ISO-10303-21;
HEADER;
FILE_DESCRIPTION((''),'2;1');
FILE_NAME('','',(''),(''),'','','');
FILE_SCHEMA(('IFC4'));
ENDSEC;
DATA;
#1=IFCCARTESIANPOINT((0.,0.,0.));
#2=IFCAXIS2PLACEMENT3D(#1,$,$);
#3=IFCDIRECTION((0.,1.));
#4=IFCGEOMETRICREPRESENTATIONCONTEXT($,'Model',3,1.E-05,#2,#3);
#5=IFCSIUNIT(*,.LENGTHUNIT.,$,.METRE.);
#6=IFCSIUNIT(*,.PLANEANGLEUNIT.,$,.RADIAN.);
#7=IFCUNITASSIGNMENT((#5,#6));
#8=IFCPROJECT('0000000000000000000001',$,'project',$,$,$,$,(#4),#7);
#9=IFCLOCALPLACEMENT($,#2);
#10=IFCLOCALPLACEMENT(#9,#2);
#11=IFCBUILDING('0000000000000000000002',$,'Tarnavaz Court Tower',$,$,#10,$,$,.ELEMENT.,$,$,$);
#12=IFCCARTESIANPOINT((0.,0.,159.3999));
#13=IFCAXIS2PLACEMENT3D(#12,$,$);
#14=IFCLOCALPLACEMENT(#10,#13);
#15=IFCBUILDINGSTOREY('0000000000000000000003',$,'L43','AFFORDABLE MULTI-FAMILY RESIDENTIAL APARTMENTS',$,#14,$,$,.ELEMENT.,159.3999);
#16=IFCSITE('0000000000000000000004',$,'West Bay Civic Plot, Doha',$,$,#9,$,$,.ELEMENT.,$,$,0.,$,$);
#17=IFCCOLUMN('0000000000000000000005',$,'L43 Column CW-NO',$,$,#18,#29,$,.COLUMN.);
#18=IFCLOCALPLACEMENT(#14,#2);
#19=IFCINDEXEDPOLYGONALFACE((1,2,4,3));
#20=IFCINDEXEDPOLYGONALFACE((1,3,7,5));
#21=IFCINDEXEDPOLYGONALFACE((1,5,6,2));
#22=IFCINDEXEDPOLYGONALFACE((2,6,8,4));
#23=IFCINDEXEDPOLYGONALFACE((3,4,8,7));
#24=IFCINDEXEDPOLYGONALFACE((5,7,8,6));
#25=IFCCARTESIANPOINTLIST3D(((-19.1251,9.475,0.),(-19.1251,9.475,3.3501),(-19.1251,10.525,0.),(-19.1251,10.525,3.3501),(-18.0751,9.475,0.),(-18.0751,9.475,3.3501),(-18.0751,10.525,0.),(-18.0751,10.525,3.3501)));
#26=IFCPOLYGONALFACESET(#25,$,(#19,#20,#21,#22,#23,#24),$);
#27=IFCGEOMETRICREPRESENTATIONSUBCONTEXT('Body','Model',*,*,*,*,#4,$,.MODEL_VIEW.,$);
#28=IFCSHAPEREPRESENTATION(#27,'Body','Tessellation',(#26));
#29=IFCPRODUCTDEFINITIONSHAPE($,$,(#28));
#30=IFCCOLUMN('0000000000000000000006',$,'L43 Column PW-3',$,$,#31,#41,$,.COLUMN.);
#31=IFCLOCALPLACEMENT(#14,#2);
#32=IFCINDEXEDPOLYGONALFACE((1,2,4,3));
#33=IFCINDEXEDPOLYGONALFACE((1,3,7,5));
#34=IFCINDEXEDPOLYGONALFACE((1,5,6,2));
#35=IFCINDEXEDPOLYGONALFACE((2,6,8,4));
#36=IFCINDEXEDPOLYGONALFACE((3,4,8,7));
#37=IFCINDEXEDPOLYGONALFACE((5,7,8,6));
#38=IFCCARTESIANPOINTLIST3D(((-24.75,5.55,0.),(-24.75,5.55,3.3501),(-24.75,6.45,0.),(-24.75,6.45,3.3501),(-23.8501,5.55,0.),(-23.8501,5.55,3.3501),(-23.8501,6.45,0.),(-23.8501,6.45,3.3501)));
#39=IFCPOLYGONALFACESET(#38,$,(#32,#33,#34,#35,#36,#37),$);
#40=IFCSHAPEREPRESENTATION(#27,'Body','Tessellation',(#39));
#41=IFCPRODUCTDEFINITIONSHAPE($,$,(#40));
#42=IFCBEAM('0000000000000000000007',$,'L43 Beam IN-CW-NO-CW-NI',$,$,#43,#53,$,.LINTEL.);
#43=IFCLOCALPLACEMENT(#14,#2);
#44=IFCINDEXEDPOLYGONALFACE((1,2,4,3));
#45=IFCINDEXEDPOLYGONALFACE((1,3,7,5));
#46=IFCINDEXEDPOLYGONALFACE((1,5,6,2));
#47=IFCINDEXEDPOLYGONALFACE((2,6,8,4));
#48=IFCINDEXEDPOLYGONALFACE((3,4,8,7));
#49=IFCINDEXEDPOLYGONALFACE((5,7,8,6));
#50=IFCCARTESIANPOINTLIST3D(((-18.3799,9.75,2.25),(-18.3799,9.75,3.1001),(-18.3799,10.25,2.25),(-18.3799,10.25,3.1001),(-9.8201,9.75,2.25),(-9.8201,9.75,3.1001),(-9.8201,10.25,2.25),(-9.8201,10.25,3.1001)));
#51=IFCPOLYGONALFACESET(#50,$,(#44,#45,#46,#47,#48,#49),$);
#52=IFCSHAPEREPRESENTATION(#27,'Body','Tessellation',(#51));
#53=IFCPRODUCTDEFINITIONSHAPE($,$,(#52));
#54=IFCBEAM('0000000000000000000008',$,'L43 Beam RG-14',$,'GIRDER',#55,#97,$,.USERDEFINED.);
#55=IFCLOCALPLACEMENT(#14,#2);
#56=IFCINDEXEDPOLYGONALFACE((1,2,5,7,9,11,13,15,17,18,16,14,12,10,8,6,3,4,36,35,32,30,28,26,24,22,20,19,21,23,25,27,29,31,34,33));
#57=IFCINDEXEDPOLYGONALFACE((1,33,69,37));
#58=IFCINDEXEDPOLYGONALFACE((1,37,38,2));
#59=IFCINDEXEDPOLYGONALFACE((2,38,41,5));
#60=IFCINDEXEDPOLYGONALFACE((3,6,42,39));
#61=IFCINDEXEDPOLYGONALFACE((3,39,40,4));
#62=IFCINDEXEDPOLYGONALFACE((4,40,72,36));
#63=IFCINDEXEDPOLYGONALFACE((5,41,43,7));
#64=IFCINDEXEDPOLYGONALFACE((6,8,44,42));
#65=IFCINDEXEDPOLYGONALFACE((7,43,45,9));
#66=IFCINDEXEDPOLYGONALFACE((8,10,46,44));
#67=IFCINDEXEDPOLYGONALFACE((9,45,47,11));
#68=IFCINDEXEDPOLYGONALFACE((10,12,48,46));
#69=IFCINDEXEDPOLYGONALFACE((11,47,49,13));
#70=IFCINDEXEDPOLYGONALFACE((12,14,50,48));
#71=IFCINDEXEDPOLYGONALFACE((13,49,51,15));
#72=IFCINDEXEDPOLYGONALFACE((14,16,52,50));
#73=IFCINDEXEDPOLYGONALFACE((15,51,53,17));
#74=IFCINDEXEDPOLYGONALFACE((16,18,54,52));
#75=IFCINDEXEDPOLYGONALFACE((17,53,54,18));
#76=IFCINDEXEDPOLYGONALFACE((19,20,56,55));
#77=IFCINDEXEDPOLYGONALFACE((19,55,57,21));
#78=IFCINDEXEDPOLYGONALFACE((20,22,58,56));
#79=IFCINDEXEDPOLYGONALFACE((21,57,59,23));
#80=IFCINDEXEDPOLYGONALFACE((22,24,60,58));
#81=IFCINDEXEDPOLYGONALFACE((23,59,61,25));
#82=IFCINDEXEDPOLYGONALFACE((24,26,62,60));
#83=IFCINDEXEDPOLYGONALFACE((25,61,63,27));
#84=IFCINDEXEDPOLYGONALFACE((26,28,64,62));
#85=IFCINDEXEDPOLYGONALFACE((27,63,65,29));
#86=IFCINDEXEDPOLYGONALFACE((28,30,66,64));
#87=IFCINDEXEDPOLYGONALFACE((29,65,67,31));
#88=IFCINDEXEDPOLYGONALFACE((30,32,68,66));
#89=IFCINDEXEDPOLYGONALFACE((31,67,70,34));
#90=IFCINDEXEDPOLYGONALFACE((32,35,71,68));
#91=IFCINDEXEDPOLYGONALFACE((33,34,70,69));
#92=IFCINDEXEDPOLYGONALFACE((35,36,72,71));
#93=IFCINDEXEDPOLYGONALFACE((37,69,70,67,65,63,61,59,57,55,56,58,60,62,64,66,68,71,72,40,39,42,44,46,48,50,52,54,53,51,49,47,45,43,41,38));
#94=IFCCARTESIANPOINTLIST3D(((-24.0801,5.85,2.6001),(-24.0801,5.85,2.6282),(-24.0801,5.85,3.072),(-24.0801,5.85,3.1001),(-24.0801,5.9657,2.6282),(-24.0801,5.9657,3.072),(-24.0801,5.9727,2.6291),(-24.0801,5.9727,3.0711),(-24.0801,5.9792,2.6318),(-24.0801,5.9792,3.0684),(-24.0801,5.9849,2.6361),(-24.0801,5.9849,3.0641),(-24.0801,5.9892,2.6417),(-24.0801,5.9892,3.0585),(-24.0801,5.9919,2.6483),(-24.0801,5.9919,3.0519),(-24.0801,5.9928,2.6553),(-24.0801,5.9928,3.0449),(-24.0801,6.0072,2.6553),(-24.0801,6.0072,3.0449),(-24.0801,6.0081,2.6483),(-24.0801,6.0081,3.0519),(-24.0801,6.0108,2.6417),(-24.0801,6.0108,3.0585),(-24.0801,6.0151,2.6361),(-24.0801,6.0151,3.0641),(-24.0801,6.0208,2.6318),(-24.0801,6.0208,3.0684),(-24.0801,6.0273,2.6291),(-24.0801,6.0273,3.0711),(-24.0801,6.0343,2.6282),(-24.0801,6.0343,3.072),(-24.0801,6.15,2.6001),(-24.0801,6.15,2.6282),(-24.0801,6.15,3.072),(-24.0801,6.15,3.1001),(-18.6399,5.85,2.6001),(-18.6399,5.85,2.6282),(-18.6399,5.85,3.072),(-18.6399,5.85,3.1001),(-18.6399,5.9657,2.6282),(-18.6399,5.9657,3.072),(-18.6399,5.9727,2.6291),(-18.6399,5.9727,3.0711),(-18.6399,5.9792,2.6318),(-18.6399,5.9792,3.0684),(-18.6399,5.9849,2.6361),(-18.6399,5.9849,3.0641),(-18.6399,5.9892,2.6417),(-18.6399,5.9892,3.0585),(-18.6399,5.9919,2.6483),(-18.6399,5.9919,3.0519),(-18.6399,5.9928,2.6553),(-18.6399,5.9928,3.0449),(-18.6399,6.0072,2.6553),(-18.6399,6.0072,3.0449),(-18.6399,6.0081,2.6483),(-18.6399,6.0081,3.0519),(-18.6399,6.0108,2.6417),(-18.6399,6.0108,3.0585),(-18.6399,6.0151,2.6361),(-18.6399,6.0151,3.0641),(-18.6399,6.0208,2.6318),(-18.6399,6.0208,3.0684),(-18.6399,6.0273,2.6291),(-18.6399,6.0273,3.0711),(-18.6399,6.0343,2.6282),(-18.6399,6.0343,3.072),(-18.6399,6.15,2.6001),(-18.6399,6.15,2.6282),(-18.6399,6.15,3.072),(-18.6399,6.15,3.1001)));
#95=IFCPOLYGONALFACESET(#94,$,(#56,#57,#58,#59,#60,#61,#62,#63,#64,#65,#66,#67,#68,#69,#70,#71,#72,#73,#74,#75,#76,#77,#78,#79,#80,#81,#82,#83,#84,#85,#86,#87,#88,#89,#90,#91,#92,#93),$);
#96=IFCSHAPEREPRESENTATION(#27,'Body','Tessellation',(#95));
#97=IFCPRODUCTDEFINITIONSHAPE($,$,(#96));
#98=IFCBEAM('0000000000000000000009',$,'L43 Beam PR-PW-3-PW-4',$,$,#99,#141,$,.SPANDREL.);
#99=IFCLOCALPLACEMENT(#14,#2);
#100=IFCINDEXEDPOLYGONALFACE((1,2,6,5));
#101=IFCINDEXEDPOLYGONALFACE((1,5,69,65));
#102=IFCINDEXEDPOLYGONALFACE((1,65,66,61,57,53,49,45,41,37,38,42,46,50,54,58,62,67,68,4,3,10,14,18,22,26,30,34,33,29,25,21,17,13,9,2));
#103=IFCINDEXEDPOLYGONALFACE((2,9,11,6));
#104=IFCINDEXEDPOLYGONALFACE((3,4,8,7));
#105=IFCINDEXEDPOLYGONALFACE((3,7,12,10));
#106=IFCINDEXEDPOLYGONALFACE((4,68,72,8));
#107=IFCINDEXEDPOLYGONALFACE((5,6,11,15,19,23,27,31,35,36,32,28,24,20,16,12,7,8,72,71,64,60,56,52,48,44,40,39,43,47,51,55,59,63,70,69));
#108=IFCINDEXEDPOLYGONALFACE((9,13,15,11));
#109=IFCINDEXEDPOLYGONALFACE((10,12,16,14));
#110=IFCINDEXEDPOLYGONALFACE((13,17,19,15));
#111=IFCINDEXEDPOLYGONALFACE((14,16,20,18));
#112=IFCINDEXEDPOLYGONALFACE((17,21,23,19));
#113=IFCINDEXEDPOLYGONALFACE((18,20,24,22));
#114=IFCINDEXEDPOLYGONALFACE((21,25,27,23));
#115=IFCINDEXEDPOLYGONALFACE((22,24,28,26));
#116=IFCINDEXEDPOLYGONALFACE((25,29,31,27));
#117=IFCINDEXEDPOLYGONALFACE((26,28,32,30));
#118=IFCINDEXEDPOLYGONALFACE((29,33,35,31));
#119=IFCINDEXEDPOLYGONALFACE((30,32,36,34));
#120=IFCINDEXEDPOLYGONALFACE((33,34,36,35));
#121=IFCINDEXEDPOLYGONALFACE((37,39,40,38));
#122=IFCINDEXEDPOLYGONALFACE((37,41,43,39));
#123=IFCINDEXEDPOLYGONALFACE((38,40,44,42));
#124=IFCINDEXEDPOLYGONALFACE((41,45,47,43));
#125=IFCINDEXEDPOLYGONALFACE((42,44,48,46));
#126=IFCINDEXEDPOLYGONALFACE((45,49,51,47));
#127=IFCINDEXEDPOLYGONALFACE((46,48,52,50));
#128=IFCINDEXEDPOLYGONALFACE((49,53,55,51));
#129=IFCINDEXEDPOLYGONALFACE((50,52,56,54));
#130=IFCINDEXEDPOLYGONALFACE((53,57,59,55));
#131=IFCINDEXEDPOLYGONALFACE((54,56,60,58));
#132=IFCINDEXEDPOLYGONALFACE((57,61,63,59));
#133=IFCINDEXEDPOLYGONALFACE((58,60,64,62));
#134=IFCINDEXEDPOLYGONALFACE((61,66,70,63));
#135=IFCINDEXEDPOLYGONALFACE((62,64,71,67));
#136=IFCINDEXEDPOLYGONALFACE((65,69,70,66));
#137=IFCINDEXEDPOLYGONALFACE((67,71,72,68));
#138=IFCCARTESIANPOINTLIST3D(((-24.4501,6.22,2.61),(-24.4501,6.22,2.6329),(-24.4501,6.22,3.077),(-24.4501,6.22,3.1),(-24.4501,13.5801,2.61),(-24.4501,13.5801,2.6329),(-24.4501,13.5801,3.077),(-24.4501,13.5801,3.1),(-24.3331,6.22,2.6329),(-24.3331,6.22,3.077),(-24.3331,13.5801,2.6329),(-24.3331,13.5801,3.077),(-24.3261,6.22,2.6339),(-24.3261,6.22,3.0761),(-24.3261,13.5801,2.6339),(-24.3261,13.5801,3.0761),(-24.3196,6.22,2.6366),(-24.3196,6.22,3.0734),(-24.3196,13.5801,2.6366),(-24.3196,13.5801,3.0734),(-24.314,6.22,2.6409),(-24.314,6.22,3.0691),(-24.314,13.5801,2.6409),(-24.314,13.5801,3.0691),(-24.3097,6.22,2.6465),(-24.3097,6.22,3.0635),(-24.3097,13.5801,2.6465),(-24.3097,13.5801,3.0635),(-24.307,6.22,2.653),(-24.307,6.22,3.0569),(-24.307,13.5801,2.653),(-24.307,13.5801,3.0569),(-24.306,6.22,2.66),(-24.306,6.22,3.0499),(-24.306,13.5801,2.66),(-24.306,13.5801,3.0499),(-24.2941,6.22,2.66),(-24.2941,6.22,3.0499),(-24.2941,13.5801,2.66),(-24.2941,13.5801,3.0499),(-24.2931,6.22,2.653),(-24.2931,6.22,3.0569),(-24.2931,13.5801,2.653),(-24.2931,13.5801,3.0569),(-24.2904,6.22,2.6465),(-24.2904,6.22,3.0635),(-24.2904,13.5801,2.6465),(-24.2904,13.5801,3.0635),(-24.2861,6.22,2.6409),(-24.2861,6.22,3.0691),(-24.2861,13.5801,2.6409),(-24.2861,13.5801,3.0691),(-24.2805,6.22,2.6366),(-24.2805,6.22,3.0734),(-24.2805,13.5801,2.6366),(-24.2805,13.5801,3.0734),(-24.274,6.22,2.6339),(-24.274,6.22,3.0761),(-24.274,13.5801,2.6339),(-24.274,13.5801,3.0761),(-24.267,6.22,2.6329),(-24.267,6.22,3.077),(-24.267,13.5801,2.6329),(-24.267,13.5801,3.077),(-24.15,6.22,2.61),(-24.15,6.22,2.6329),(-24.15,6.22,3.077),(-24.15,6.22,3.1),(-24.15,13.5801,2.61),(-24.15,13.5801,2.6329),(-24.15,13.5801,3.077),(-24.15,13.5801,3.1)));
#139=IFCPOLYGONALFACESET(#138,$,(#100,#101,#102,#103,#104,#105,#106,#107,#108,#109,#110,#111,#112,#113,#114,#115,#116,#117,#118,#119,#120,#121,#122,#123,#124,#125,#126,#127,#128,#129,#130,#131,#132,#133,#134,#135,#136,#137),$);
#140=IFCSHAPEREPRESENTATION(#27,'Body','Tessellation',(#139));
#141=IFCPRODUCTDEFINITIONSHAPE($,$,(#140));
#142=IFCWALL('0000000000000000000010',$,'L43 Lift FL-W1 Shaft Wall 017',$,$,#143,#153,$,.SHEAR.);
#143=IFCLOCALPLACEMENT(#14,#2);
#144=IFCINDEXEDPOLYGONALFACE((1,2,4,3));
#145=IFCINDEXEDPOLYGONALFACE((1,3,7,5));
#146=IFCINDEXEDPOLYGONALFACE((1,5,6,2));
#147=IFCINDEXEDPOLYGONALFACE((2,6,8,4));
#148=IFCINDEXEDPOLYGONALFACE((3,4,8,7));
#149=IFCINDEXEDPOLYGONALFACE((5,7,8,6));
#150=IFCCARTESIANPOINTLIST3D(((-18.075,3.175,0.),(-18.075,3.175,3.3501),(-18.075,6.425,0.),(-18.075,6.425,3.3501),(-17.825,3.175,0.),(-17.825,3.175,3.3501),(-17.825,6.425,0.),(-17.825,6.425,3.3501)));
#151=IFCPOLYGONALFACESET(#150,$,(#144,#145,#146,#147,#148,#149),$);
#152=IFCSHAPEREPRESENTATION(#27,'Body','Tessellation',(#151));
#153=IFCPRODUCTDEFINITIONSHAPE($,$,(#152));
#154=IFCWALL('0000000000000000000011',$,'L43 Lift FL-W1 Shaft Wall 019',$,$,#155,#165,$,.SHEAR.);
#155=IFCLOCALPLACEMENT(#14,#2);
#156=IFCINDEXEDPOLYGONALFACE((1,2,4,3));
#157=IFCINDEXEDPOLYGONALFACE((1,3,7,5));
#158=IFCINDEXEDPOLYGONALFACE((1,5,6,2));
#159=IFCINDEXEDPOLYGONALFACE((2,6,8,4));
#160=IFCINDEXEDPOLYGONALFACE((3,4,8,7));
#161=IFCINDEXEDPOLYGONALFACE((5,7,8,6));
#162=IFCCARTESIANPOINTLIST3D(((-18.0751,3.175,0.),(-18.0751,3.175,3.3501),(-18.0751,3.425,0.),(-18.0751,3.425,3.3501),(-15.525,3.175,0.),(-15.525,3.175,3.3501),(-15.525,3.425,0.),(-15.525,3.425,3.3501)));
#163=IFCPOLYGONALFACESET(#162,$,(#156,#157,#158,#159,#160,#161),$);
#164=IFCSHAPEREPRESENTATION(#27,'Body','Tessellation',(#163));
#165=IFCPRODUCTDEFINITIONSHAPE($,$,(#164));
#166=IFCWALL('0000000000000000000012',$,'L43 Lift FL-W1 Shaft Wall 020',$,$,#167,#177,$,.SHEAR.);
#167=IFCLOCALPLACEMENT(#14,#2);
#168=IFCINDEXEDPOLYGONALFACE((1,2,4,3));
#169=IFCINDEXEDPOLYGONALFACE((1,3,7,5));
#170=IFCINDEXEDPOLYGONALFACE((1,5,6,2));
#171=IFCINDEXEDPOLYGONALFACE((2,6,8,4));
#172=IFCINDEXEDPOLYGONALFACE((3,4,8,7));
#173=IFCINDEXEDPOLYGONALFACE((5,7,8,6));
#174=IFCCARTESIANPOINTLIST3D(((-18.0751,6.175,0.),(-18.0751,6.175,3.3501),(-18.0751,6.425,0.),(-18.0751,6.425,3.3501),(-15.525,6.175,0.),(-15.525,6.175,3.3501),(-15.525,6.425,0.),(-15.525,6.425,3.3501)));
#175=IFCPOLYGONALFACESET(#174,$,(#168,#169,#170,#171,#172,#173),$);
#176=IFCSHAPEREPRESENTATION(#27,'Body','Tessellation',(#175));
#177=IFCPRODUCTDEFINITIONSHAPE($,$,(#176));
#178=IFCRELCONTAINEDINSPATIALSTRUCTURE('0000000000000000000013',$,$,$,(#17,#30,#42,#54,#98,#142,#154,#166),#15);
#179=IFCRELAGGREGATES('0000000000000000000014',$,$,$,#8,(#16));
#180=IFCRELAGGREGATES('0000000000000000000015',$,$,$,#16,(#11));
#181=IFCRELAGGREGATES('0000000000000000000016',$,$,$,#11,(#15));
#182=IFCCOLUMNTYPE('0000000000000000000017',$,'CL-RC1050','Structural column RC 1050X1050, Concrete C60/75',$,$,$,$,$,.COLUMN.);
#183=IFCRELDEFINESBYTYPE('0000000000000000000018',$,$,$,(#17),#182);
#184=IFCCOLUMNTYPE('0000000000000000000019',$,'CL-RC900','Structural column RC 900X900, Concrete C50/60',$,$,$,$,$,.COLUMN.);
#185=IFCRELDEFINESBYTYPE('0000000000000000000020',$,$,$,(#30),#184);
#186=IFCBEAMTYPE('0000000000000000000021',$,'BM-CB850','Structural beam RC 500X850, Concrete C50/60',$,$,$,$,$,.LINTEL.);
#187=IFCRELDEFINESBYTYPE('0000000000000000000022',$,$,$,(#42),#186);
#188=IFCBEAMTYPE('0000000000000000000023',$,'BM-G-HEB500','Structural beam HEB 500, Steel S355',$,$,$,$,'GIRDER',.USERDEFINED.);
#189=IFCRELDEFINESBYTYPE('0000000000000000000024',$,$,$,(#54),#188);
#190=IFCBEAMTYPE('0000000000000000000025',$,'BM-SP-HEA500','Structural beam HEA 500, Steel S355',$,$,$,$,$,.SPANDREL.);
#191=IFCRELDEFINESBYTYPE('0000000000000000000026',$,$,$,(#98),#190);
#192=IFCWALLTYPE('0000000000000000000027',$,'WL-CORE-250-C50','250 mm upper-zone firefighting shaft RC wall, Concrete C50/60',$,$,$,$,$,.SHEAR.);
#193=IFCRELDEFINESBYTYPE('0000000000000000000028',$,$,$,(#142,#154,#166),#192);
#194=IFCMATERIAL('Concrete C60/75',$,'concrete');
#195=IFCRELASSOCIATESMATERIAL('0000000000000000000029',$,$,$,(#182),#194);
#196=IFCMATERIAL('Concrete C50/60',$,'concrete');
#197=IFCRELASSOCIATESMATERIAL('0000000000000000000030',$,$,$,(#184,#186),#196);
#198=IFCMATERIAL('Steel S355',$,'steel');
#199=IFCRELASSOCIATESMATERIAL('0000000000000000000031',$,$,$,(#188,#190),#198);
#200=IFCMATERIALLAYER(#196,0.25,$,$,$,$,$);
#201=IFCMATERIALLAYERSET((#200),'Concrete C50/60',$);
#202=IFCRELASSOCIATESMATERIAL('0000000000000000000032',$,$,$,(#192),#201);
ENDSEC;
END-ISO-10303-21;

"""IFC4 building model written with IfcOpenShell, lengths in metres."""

from ifc_helpers import new_model, si_unit, direction, frame, frame_2d, origin, origin_2d, place, context, subcontext, project, spatial, rectangle, i_section, extrude, material, layer, layer_set, material_profile, profile_set, type_object, element, save


model = new_model("IFC4")

# Units and contexts
model_context = context("Model", 3, precision=1e-05, world=origin(), true_north=direction((0.0, 1.0)))
body_context = subcontext(model_context, "Body", "Model", "MODEL_VIEW")
ifc_project = project(units=[si_unit("LENGTHUNIT", "METRE"), si_unit("PLANEANGLEUNIT", "RADIAN")], contexts=[model_context])

# Site, building, storey
site_placement = place(None, origin())
site = spatial("IfcSite", under=ifc_project, at=site_placement, Name="West Bay Civic Plot, Doha", CompositionType="ELEMENT", RefElevation=0.0)
building_placement = place(site_placement, origin())
building = spatial("IfcBuilding", under=site, at=building_placement, Name="Tarnavaz Court Tower", CompositionType="ELEMENT")
storey_placement = place(building_placement, frame((0.0, 0.0, 159.3999)))
storey = spatial("IfcBuildingStorey", under=building, at=storey_placement, Name="L43", Description="AFFORDABLE MULTI-FAMILY RESIDENTIAL APARTMENTS", CompositionType="ELEMENT", Elevation=159.3999)

# Columns
ifc_material_1 = material(Name="Concrete C60/75", Category="concrete")
ifc_material_profile_1 = material_profile(ifc_material_1, rectangle(XDim=1.05, YDim=1.05, at=origin_2d()), Name="RC 1050X1050")
ifc_profile_set_1 = profile_set([ifc_material_profile_1], Name="Concrete C60/75")
column_type_1 = type_object("IfcColumnType", Name="CL-RC1050", Description="Structural column RC 1050X1050, Concrete C60/75", PredefinedType="COLUMN", material=ifc_profile_set_1)
column_1_placement = place(storey_placement, frame((-18.6001, 10.0, 0.0), z_axis=(0.0, 0.0, 1.0), x_axis=(1.0, 0.0, 0.0)))
element("IfcColumn", 1, at=column_1_placement, inside=storey, type_object=column_type_1, Name="L43 Column CW-NO", PredefinedType="COLUMN", context=body_context, shape_type="SweptSolid", body=[
    extrude(rectangle(XDim=1.05, YDim=1.05, at=origin_2d()), origin(), (0.0, 0.0, 1.0), 3.3501),
])
ifc_material_2 = material(Name="Concrete C50/60", Category="concrete")
ifc_material_profile_2 = material_profile(ifc_material_2, rectangle(XDim=0.8999, YDim=0.8999, at=origin_2d()), Name="RC 900X900")
ifc_profile_set_2 = profile_set([ifc_material_profile_2], Name="Concrete C50/60")
column_type_2 = type_object("IfcColumnType", Name="CL-RC900", Description="Structural column RC 900X900, Concrete C50/60", PredefinedType="COLUMN", material=ifc_profile_set_2)
column_2_placement = place(storey_placement, frame((-24.3, 6.0, 0.0), z_axis=(0.0, 0.0, 1.0), x_axis=(1.0, 0.0, 0.0)))
element("IfcColumn", 2, at=column_2_placement, inside=storey, type_object=column_type_2, Name="L43 Column PW-3", PredefinedType="COLUMN", context=body_context, shape_type="SweptSolid", body=[
    extrude(rectangle(XDim=0.8999, YDim=0.8999, at=origin_2d()), origin(), (0.0, 0.0, 1.0), 3.3501),
])

# Beams
ifc_material_profile_3 = material_profile(ifc_material_2, rectangle(XDim=0.5, YDim=0.8501, at=origin_2d()), Name="RC 500X850")
ifc_profile_set_3 = profile_set([ifc_material_profile_3], Name="Concrete C50/60")
beam_type_1 = type_object("IfcBeamType", Name="BM-CB850", Description="Structural beam RC 500X850, Concrete C50/60", PredefinedType="LINTEL", material=ifc_profile_set_3)
beam_1_placement = place(storey_placement, frame((-18.3799, 10.0, 2.675), z_axis=(1.0, 0.0, 0.0), x_axis=(0.0, 1.0, 0.0)))
element("IfcBeam", 3, at=beam_1_placement, inside=storey, type_object=beam_type_1, Name="L43 Beam IN-CW-NO-CW-NI", PredefinedType="LINTEL", context=body_context, shape_type="SweptSolid", body=[
    extrude(rectangle(XDim=0.5, YDim=0.8501, at=origin_2d()), origin(), (0.0, 0.0, 1.0), 8.5598),
])
ifc_material_3 = material(Name="Steel S355", Category="steel")
ifc_material_profile_4 = material_profile(ifc_material_3, i_section(OverallWidth=0.3, OverallDepth=0.5, WebThickness=0.0144, FlangeThickness=0.0281, FilletRadius=0.0271, at=origin_2d()), Name="HEB 500")
ifc_profile_set_4 = profile_set([ifc_material_profile_4], Name="Steel S355")
beam_type_2 = type_object("IfcBeamType", Name="BM-G-HEB500", Description="Structural beam HEB 500, Steel S355", ElementType="GIRDER", PredefinedType="USERDEFINED", material=ifc_profile_set_4)
beam_2_placement = place(storey_placement, frame((-18.6399, 6.0, 2.8501), z_axis=(-1.0, 0.0, 0.0), x_axis=(0.0, -1.0, 0.0)))
element("IfcBeam", 4, at=beam_2_placement, inside=storey, type_object=beam_type_2, Name="L43 Beam RG-14", ObjectType="GIRDER", PredefinedType="USERDEFINED", context=body_context, shape_type="SweptSolid", body=[
    extrude(i_section(OverallWidth=0.3, OverallDepth=0.5, WebThickness=0.0144, FlangeThickness=0.0281, FilletRadius=0.0271, at=origin_2d()), origin(), (0.0, 0.0, 1.0), 5.4402),
])
ifc_material_profile_5 = material_profile(ifc_material_3, i_section(OverallWidth=0.3, OverallDepth=0.49, WebThickness=0.012, FlangeThickness=0.0229, FilletRadius=0.0271, at=origin_2d()), Name="HEA 500")
ifc_profile_set_5 = profile_set([ifc_material_profile_5], Name="Steel S355")
beam_type_3 = type_object("IfcBeamType", Name="BM-SP-HEA500", Description="Structural beam HEA 500, Steel S355", PredefinedType="SPANDREL", material=ifc_profile_set_5)
beam_3_placement = place(storey_placement, frame((-24.3, 6.22, 2.855), z_axis=(0.0, 1.0, 0.0), x_axis=(-1.0, 0.0, 0.0)))
element("IfcBeam", 5, at=beam_3_placement, inside=storey, type_object=beam_type_3, Name="L43 Beam PR-PW-3-PW-4", PredefinedType="SPANDREL", context=body_context, shape_type="SweptSolid", body=[
    extrude(i_section(OverallWidth=0.3, OverallDepth=0.49, WebThickness=0.012, FlangeThickness=0.0229, FilletRadius=0.0271, at=origin_2d()), origin(), (0.0, 0.0, 1.0), 7.3601),
])

# Wall
ifc_layer_1 = layer(ifc_material_2, 0.25)
ifc_layer_set_1 = layer_set([ifc_layer_1], Name="Concrete C50/60")
wall_type_1 = type_object("IfcWallType", Name="WL-CORE-250-C50", Description="250 mm upper-zone firefighting shaft RC wall, Concrete C50/60", PredefinedType="SHEAR", material=ifc_layer_set_1)
wall_1_placement = place(storey_placement, frame((-17.95, 3.175, 0.0), z_axis=(0.0, 0.0, 1.0), x_axis=(0.0, 1.0, 0.0)))
element("IfcWall", 6, at=wall_1_placement, inside=storey, type_object=wall_type_1, Name="L43 Lift FL-W1 Shaft Wall 017", PredefinedType="SHEAR", context=body_context, shape_type="SweptSolid", body=[
    extrude(rectangle(XDim=3.25, YDim=0.25, at=frame_2d((1.625, 0.0))), origin(), (0.0, 0.0, 1.0), 3.3501),
])

# Walls
for number, where, z_axis, x_axis, name in (
    (7, (-18.075, 3.3, 0.0), (0.0, 0.0, 1.0), (1.0, 0.0, 0.0), "L43 Lift FL-W1 Shaft Wall 019"),
    (8, (-18.075, 6.3, 0.0), (0.0, 0.0, 1.0), (1.0, 0.0, 0.0), "L43 Lift FL-W1 Shaft Wall 020"),
):
    element("IfcWall", number, at=place(storey_placement, frame(where, z_axis=z_axis, x_axis=x_axis)), inside=storey, type_object=wall_type_1, Name=name, PredefinedType="SHEAR", context=body_context, shape_type="SweptSolid", body=[
        extrude(rectangle(XDim=2.55, YDim=0.25, at=frame_2d((1.2749, 0.0))), origin(), (0.0, 0.0, 1.0), 3.3501),
    ])

save(model, "model.ifc")
